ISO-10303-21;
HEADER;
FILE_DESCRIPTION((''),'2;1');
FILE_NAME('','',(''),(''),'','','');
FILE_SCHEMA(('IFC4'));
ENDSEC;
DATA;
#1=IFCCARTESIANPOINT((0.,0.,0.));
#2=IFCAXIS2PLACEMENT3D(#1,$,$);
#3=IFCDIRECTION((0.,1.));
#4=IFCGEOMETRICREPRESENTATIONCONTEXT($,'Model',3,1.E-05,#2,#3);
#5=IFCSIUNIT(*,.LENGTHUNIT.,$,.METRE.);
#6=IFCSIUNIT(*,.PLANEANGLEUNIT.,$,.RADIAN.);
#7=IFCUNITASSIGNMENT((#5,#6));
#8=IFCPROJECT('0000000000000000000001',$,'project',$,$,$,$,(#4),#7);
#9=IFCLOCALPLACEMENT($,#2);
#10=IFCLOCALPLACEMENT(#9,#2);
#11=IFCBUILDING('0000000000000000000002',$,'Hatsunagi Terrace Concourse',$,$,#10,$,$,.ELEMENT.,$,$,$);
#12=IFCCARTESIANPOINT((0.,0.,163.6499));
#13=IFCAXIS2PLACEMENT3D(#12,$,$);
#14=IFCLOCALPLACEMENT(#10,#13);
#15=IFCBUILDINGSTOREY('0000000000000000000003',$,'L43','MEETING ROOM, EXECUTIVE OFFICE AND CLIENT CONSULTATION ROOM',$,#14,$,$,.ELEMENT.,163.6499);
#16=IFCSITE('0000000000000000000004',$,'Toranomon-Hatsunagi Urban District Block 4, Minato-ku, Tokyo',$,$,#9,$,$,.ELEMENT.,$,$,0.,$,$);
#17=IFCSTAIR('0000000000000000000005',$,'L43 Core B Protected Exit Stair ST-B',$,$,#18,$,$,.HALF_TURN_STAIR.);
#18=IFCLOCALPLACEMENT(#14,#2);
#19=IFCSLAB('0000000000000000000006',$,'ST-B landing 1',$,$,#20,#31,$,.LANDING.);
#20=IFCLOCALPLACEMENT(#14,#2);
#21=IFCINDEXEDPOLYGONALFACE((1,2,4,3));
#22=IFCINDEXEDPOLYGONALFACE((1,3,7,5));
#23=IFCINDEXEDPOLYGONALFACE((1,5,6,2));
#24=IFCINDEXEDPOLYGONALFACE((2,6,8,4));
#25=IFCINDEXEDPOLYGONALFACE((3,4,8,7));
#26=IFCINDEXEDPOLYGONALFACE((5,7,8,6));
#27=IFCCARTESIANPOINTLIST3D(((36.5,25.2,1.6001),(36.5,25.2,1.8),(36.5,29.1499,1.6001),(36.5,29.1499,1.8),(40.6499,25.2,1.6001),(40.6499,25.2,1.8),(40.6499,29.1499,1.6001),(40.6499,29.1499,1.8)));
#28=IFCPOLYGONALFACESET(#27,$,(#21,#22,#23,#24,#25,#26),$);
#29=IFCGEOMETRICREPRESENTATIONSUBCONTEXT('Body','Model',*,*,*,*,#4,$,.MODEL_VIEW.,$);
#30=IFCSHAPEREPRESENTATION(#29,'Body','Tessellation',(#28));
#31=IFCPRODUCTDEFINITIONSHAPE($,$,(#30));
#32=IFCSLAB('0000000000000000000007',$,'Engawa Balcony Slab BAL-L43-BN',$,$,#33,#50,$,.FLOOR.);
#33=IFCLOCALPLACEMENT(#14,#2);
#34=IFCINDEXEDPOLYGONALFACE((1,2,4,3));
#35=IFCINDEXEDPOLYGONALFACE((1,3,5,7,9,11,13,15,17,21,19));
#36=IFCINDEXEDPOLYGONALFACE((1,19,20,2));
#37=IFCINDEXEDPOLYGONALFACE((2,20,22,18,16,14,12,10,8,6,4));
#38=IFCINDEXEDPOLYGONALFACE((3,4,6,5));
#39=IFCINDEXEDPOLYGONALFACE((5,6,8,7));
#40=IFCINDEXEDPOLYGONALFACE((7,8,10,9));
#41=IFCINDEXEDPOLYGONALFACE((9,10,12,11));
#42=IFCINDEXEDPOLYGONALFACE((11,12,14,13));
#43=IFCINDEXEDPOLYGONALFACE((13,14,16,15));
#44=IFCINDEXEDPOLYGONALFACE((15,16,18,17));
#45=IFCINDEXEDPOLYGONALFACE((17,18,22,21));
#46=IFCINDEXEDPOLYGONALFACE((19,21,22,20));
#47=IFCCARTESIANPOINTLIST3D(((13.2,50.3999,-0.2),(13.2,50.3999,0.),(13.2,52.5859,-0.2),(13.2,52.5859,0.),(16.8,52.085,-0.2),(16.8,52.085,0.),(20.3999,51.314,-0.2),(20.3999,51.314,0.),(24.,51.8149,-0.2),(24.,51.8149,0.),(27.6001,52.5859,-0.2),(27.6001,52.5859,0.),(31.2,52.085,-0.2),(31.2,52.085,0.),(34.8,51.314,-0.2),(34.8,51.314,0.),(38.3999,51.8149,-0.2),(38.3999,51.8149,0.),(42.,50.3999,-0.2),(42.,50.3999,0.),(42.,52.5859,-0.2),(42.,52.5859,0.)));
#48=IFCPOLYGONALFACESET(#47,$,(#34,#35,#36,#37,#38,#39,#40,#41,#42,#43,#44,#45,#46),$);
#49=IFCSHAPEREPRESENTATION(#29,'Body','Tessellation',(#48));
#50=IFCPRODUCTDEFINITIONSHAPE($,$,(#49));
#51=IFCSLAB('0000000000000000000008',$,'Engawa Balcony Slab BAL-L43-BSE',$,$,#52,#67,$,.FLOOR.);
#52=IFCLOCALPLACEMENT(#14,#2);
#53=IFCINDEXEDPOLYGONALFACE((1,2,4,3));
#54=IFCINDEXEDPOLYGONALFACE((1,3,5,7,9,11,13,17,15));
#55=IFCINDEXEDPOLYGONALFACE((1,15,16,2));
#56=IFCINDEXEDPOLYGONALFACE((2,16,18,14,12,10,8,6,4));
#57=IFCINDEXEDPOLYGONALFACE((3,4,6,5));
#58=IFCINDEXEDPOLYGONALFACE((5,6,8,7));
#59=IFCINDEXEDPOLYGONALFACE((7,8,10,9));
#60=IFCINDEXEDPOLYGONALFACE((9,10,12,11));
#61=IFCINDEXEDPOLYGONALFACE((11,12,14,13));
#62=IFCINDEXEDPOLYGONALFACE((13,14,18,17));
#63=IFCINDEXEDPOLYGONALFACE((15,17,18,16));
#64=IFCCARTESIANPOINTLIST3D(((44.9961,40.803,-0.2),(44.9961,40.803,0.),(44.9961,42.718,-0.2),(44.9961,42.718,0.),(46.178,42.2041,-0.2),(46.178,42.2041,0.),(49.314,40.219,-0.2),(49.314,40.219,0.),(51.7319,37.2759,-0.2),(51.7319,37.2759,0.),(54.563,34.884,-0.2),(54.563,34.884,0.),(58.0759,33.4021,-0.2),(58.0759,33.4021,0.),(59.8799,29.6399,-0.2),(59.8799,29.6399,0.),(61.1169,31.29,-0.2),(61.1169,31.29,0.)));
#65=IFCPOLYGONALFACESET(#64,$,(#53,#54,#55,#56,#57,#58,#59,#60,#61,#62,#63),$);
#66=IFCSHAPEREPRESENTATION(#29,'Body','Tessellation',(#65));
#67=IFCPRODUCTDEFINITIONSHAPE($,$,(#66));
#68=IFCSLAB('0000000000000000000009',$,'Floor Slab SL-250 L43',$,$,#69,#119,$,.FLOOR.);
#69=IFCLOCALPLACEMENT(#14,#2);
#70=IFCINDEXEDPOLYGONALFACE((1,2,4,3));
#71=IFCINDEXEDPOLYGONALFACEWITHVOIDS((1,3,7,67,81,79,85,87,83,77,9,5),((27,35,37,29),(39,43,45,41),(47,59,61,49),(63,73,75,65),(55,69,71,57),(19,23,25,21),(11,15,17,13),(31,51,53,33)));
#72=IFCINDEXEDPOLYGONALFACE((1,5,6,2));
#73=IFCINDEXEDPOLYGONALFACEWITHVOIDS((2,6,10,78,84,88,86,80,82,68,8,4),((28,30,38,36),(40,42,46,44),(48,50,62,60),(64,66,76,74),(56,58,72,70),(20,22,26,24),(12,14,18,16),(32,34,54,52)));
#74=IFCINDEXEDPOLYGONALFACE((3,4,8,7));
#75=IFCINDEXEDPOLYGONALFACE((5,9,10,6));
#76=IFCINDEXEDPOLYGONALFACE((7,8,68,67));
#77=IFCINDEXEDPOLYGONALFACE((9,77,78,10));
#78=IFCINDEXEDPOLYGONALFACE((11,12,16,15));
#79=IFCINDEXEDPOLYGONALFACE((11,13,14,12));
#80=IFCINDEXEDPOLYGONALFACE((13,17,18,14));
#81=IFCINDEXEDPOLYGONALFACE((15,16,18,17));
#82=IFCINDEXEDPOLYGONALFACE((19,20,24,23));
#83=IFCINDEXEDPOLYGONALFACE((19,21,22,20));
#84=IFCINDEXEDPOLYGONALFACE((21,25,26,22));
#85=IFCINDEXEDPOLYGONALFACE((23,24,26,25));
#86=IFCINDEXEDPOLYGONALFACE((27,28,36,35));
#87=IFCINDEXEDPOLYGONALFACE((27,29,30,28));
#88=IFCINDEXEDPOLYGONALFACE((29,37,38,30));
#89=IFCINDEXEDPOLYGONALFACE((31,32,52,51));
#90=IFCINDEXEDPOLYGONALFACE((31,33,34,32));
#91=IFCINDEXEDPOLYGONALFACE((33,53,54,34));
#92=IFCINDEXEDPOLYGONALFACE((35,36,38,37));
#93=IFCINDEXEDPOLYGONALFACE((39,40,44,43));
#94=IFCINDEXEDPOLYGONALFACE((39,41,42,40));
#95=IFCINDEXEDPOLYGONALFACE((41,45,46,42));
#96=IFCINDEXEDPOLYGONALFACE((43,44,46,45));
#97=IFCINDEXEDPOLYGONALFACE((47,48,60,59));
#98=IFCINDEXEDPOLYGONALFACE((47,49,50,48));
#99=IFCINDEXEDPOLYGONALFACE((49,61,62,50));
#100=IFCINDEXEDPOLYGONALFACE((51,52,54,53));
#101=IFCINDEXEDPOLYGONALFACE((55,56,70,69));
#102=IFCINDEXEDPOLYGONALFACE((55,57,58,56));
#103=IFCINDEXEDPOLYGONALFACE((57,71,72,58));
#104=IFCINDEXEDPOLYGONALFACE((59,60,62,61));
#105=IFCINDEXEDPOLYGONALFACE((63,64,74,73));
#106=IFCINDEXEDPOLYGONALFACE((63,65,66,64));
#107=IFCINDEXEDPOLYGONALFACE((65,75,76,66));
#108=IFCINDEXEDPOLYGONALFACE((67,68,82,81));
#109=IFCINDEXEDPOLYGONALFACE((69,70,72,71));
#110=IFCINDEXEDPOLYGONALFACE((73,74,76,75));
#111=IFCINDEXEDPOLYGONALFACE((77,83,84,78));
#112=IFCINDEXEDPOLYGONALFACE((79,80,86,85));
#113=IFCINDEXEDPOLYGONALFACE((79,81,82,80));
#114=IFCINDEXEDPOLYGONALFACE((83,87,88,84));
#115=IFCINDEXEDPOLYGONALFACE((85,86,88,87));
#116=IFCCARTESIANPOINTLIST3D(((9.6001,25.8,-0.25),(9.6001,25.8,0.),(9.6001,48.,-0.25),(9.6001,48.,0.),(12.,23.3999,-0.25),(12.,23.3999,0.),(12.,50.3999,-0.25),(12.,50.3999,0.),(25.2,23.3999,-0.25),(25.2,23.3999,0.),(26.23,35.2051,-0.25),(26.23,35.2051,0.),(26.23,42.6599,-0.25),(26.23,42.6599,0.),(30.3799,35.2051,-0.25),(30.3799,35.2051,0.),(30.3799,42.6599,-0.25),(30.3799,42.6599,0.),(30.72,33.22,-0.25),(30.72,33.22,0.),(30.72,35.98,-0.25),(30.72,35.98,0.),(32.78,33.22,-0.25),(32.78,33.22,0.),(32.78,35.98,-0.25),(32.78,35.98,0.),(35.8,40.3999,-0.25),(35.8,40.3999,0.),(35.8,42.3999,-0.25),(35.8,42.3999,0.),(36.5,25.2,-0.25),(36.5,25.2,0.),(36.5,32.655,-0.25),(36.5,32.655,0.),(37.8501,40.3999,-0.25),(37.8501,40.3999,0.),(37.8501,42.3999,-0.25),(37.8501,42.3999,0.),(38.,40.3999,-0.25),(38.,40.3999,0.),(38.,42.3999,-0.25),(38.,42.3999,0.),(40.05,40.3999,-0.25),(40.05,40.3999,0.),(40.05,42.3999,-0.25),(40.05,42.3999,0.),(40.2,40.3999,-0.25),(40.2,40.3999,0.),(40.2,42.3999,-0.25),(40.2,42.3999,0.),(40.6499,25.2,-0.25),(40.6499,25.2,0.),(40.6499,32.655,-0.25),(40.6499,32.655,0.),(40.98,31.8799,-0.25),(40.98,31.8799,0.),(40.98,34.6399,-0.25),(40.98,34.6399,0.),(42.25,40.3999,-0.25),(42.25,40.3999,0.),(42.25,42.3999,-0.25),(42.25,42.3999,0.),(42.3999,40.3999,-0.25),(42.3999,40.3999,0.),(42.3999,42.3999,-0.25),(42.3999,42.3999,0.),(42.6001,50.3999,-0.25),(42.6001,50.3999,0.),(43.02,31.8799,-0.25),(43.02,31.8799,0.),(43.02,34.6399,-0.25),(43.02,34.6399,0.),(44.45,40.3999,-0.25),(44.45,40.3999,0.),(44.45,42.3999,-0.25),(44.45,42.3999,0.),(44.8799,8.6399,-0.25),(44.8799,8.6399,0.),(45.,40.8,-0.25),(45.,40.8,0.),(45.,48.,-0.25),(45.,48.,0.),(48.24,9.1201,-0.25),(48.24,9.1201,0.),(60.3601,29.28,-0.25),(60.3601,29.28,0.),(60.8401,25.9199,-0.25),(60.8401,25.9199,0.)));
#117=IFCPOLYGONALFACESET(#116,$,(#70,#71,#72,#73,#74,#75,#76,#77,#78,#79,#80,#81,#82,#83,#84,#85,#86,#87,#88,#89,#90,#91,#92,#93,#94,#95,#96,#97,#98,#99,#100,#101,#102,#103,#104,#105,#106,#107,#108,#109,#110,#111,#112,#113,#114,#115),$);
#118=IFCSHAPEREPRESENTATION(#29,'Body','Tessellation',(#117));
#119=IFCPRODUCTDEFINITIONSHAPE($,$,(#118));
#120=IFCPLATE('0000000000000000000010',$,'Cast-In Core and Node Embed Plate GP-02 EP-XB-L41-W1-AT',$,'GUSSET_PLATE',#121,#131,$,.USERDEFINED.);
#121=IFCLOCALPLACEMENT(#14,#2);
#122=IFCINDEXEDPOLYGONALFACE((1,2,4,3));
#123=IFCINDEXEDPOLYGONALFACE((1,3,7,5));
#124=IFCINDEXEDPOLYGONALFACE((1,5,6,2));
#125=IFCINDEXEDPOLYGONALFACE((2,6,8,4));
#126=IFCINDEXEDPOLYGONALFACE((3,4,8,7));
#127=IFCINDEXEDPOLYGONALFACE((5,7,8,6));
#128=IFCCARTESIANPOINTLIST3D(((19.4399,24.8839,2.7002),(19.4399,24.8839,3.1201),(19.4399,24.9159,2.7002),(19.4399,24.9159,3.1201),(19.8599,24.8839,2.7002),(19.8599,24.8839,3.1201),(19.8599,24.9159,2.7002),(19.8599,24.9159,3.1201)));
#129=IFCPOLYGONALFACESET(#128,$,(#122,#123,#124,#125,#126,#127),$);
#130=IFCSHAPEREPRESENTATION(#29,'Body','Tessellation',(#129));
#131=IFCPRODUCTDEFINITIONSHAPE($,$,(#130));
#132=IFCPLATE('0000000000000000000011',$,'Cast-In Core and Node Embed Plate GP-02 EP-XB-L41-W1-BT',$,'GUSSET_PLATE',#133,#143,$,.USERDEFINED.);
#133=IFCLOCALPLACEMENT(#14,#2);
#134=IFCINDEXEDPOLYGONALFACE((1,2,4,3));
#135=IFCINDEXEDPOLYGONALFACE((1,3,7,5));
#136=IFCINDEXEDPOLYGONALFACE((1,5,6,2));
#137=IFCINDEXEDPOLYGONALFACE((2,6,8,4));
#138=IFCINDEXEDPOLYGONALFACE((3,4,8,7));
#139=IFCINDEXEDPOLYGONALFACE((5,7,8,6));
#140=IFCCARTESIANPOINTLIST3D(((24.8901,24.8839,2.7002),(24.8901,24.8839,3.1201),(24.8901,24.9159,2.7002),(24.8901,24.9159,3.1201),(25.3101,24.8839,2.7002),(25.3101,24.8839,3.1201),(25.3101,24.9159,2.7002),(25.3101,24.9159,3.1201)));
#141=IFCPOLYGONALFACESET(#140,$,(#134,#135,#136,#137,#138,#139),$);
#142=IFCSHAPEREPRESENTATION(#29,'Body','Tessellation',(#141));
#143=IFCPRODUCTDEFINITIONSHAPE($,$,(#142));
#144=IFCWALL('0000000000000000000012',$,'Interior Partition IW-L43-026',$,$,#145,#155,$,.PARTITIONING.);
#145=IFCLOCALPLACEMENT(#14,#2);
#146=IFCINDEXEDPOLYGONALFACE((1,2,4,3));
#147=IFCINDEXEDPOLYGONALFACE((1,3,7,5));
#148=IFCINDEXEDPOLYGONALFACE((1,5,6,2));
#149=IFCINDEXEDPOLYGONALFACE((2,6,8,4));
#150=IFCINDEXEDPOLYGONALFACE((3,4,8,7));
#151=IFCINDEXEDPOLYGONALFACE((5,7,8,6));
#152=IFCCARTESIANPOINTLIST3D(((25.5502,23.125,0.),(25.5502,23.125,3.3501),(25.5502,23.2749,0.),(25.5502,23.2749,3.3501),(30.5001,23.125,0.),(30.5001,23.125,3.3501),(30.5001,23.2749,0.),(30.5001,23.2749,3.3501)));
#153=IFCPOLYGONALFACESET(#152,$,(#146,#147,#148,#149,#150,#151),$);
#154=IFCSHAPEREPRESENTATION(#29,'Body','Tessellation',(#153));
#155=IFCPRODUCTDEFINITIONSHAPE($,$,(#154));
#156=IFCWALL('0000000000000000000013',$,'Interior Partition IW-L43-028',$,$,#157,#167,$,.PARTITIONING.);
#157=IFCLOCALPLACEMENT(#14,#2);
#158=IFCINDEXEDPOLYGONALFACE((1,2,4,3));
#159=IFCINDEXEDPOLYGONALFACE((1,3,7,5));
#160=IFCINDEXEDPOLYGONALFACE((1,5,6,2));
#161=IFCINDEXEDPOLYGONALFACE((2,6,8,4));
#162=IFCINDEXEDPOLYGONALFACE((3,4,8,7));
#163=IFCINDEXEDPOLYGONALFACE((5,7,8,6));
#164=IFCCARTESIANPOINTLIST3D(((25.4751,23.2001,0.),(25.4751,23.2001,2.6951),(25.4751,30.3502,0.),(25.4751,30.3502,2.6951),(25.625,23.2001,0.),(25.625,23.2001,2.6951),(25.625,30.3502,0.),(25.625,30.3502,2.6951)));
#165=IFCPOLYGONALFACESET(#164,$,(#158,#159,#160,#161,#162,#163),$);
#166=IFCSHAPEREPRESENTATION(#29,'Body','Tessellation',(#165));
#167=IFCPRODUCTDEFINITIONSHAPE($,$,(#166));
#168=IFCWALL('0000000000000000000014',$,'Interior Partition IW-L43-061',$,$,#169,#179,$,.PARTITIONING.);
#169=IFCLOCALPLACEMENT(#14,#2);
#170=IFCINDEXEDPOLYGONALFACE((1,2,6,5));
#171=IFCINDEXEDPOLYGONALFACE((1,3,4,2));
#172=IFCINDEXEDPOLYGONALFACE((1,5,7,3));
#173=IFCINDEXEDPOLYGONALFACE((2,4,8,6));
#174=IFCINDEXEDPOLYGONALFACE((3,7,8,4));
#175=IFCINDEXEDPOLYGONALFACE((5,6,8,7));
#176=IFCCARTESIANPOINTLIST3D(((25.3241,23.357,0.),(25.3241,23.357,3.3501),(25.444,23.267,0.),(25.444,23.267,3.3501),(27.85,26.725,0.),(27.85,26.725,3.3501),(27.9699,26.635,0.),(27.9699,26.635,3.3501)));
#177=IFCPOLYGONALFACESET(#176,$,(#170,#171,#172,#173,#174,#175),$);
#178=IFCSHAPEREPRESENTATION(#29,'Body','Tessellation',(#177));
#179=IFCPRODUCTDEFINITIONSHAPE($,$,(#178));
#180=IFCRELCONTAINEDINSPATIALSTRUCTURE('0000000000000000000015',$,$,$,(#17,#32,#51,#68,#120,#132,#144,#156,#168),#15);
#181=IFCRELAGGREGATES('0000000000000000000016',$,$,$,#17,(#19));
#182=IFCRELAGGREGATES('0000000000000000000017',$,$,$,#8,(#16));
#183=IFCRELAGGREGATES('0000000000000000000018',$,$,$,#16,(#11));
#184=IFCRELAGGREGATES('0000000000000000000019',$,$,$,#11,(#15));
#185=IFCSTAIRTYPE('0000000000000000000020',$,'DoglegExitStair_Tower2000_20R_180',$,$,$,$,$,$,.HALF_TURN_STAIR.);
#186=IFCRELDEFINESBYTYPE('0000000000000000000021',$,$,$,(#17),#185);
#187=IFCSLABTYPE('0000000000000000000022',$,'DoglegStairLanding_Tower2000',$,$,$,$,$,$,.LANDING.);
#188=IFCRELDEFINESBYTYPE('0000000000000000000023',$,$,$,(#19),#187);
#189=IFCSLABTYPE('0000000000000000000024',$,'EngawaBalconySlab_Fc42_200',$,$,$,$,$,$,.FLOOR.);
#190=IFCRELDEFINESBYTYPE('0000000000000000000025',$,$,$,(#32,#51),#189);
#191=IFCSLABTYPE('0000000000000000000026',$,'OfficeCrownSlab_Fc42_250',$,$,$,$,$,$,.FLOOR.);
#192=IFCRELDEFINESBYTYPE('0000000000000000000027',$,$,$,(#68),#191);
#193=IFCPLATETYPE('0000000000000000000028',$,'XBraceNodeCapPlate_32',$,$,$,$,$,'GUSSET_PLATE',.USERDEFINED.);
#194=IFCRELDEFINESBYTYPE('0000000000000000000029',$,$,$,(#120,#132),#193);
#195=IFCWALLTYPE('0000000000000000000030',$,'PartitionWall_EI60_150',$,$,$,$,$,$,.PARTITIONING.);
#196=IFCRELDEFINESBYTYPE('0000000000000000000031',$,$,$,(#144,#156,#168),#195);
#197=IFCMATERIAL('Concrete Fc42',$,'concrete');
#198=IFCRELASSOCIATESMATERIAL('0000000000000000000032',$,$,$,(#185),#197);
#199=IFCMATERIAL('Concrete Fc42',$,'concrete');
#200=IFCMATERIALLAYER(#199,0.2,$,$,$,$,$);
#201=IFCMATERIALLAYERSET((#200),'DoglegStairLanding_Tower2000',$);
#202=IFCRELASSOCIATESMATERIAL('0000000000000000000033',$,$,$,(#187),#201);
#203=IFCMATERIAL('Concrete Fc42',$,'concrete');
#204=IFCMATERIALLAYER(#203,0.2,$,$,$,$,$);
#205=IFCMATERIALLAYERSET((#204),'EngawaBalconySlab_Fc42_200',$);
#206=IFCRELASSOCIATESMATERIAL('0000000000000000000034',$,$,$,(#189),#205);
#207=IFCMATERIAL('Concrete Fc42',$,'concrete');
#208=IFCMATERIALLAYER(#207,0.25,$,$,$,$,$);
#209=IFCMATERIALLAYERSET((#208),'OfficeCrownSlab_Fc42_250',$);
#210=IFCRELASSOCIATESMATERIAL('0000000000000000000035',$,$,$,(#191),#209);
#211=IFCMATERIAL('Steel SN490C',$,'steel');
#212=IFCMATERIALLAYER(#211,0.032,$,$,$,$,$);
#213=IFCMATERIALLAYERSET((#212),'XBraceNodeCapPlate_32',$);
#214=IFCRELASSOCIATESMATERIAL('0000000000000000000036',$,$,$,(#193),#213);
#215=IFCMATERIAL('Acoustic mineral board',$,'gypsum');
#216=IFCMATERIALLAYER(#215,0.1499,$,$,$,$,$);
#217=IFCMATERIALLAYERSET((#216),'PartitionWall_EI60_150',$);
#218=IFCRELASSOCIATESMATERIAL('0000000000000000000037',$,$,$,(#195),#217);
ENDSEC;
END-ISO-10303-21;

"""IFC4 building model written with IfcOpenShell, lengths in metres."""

from ifc_helpers import new_model, si_unit, direction, frame, frame_2d, origin, origin_2d, place, context, subcontext, project, spatial, polyline, rectangle, outline, extrude, material, layer, layer_set, type_object, element, aggregate, save


model = new_model("IFC4")

# Units and contexts
model_context = context("Model", 3, precision=1e-05, world=origin(), true_north=direction((0.0, 1.0)))
body_context = subcontext(model_context, "Body", "Model", "MODEL_VIEW")
ifc_project = project(units=[si_unit("LENGTHUNIT", "METRE"), si_unit("PLANEANGLEUNIT", "RADIAN")], contexts=[model_context])

# Site, building, storey
site_placement = place(None, origin())
site = spatial("IfcSite", under=ifc_project, at=site_placement, Name="Toranomon-Hatsunagi Urban District Block 4, Minato-ku, Tokyo", CompositionType="ELEMENT", RefElevation=0.0)
building_placement = place(site_placement, origin())
building = spatial("IfcBuilding", under=site, at=building_placement, Name="Hatsunagi Terrace Concourse", CompositionType="ELEMENT")
storey_placement = place(building_placement, frame((0.0, 0.0, 163.6499)))
storey = spatial("IfcBuildingStorey", under=building, at=storey_placement, Name="L43", Description="MEETING ROOM, EXECUTIVE OFFICE AND CLIENT CONSULTATION ROOM", CompositionType="ELEMENT", Elevation=163.6499)

# Stair, slab
ifc_material_1 = material(Name="Concrete Fc42", Category="concrete")
stair_type = type_object("IfcStairType", Name="DoglegExitStair_Tower2000_20R_180", PredefinedType="HALF_TURN_STAIR", material=ifc_material_1)
ifc_material_2 = material(Name="Concrete Fc42", Category="concrete")
ifc_layer_1 = layer(ifc_material_2, 0.2)
ifc_layer_set_1 = layer_set([ifc_layer_1], Name="DoglegStairLanding_Tower2000")
slab_type_1 = type_object("IfcSlabType", Name="DoglegStairLanding_Tower2000", PredefinedType="LANDING", material=ifc_layer_set_1)
stair_1_placement = place(storey_placement, origin())
stair_1 = element("IfcStair", 1, at=stair_1_placement, inside=storey, type_object=stair_type, Name="L43 Core B Protected Exit Stair ST-B", PredefinedType="HALF_TURN_STAIR")
slab_1_placement = place(storey_placement, frame((0.0, 0.0, 1.6001)))
slab_1 = element("IfcSlab", 2, at=slab_1_placement, type_object=slab_type_1, Name="ST-B landing 1", PredefinedType="LANDING", context=body_context, shape_type="SweptSolid", body=[
    extrude(outline(polyline([(36.5, 29.1499), (36.5, 25.2), (40.6499, 25.2), (40.6499, 29.1499), (36.5, 29.1499)])), origin(), (0.0, 0.0, 1.0), 0.2),
])
aggregate(stair_1, [slab_1])

# Slabs
ifc_material_3 = material(Name="Concrete Fc42", Category="concrete")
ifc_layer_2 = layer(ifc_material_3, 0.2)
ifc_layer_set_2 = layer_set([ifc_layer_2], Name="EngawaBalconySlab_Fc42_200")
slab_type_2 = type_object("IfcSlabType", Name="EngawaBalconySlab_Fc42_200", PredefinedType="FLOOR", material=ifc_layer_set_2)
slab_2_placement = place(storey_placement, frame((0.0, 0.0, -0.2)))
element("IfcSlab", 3, at=slab_2_placement, inside=storey, type_object=slab_type_2, Name="Engawa Balcony Slab BAL-L43-BN", PredefinedType="FLOOR", context=body_context, shape_type="SweptSolid", body=[
    extrude(outline(polyline([(13.2, 52.5859), (13.2, 50.3999), (42.0, 50.3999), (42.0, 52.5859), (38.3999, 51.8149), (34.8, 51.314), (31.2, 52.085), (27.6001, 52.5859), (24.0, 51.8149), (20.3999, 51.314), (16.8, 52.085), (13.2, 52.5859)])), origin(), (0.0, 0.0, 1.0), 0.2),
])
slab_3_placement = place(storey_placement, frame((0.0, 0.0, -0.2)))
element("IfcSlab", 4, at=slab_3_placement, inside=storey, type_object=slab_type_2, Name="Engawa Balcony Slab BAL-L43-BSE", PredefinedType="FLOOR", context=body_context, shape_type="SweptSolid", body=[
    extrude(outline(polyline([(46.178, 42.2041), (44.9961, 42.718), (44.9961, 40.803), (59.8799, 29.6399), (61.1169, 31.29), (58.0759, 33.4021), (54.563, 34.884), (51.7319, 37.2759), (49.314, 40.219), (46.178, 42.2041)])), origin(), (0.0, 0.0, 1.0), 0.2),
])
ifc_material_4 = material(Name="Concrete Fc42", Category="concrete")
ifc_layer_3 = layer(ifc_material_4, 0.25)
ifc_layer_set_3 = layer_set([ifc_layer_3], Name="OfficeCrownSlab_Fc42_250")
slab_type_3 = type_object("IfcSlabType", Name="OfficeCrownSlab_Fc42_250", PredefinedType="FLOOR", material=ifc_layer_set_3)
slab_4_placement = place(storey_placement, frame((0.0, 0.0, -0.25)))
element("IfcSlab", 5, at=slab_4_placement, inside=storey, type_object=slab_type_3, Name="Floor Slab SL-250 L43", PredefinedType="FLOOR", context=body_context, shape_type="SweptSolid", body=[
    extrude(outline(polyline([(45.0, 40.8), (45.0, 48.0), (42.6001, 50.3999), (12.0, 50.3999), (9.6001, 48.0), (9.6001, 25.8), (12.0, 23.3999), (25.2, 23.3999), (44.8799, 8.6399), (48.24, 9.1201), (60.8401, 25.9199), (60.3601, 29.28), (45.0, 40.8)]), holes=[polyline([(26.23, 35.2051), (30.3799, 35.2051), (30.3799, 42.6599), (26.23, 42.6599), (26.23, 35.2051)]), polyline([(36.5, 25.2), (40.6499, 25.2), (40.6499, 32.655), (36.5, 32.655), (36.5, 25.2)]), polyline([(30.72, 33.22), (32.78, 33.22), (32.78, 35.98), (30.72, 35.98), (30.72, 33.22)]), polyline([(40.98, 31.8799), (43.02, 31.8799), (43.02, 34.6399), (40.98, 34.6399), (40.98, 31.8799)]), polyline([(35.8, 40.3999), (37.8501, 40.3999), (37.8501, 42.3999), (35.8, 42.3999), (35.8, 40.3999)]), polyline([(38.0, 40.3999), (40.05, 40.3999), (40.05, 42.3999), (38.0, 42.3999), (38.0, 40.3999)]), polyline([(40.2, 40.3999), (42.25, 40.3999), (42.25, 42.3999), (40.2, 42.3999), (40.2, 40.3999)]), polyline([(42.3999, 40.3999), (44.45, 40.3999), (44.45, 42.3999), (42.3999, 42.3999), (42.3999, 40.3999)])]), origin(), (0.0, 0.0, 1.0), 0.25),
])

# Plates
ifc_material_5 = material(Name="Steel SN490C", Category="steel")
ifc_layer_4 = layer(ifc_material_5, 0.032)
ifc_layer_set_4 = layer_set([ifc_layer_4], Name="XBraceNodeCapPlate_32")
plate_type_1 = type_object("IfcPlateType", Name="XBraceNodeCapPlate_32", ElementType="GUSSET_PLATE", PredefinedType="USERDEFINED", material=ifc_layer_set_4)
for number, where, z_axis, x_axis, name in (
    (6, (19.6499, 24.8999, 2.7002), (0.0, 0.0, 1.0), (1.0, 0.0, 0.0), "Cast-In Core and Node Embed Plate GP-02 EP-XB-L41-W1-AT"),
    (7, (25.1001, 24.8999, 2.7002), (0.0, 0.0, 1.0), (1.0, 0.0, 0.0), "Cast-In Core and Node Embed Plate GP-02 EP-XB-L41-W1-BT"),
):
    element("IfcPlate", number, at=place(storey_placement, frame(where, z_axis=z_axis, x_axis=x_axis)), inside=storey, type_object=plate_type_1, Name=name, ObjectType="GUSSET_PLATE", PredefinedType="USERDEFINED", context=body_context, shape_type="SweptSolid", body=[
        extrude(rectangle(XDim=0.4199, YDim=0.032, at=origin_2d()), origin(), (0.0, 0.0, 1.0), 0.4199),
    ])

# Walls
ifc_material_6 = material(Name="Acoustic mineral board", Category="gypsum")
ifc_layer_5 = layer(ifc_material_6, 0.1499)
ifc_layer_set_5 = layer_set([ifc_layer_5], Name="PartitionWall_EI60_150")
wall_type_1 = type_object("IfcWallType", Name="PartitionWall_EI60_150", PredefinedType="PARTITIONING", material=ifc_layer_set_5)
wall_1_placement = place(storey_placement, frame((25.55, 23.2, 0.0), z_axis=(0.0, 0.0, 1.0), x_axis=(1.0, 0.0, 0.0)))
element("IfcWall", 8, at=wall_1_placement, inside=storey, type_object=wall_type_1, Name="Interior Partition IW-L43-026", PredefinedType="PARTITIONING", context=body_context, shape_type="SweptSolid", body=[
    extrude(rectangle(XDim=4.95, YDim=0.1499, at=frame_2d((2.4751, 0.0))), origin(), (0.0, 0.0, 1.0), 3.3501),
])
wall_2_placement = place(storey_placement, frame((25.55, 23.2, 0.0), z_axis=(0.0, 0.0, 1.0), x_axis=(0.0, 1.0, 0.0)))
element("IfcWall", 9, at=wall_2_placement, inside=storey, type_object=wall_type_1, Name="Interior Partition IW-L43-028", PredefinedType="PARTITIONING", context=body_context, shape_type="SweptSolid", body=[
    extrude(rectangle(XDim=7.1501, YDim=0.1499, at=frame_2d((3.5752, 0.0))), origin(), (0.0, 0.0, 1.0), 2.6951),
])

# Wall
wall_3_placement = place(storey_placement, frame((25.384, 23.312, 0.0), z_axis=(0.0, 0.0, 1.0), x_axis=(0.599991, 0.800007, 0.0)))
element("IfcWall", 10, at=wall_3_placement, inside=storey, type_object=wall_type_1, Name="Interior Partition IW-L43-061", PredefinedType="PARTITIONING", context=body_context, shape_type="SweptSolid", body=[
    extrude(rectangle(XDim=4.21, YDim=0.1499, at=frame_2d((2.105, 0.0))), origin(), (0.0, 0.0, 1.0), 3.3501),
])

save(model, "model.ifc")
